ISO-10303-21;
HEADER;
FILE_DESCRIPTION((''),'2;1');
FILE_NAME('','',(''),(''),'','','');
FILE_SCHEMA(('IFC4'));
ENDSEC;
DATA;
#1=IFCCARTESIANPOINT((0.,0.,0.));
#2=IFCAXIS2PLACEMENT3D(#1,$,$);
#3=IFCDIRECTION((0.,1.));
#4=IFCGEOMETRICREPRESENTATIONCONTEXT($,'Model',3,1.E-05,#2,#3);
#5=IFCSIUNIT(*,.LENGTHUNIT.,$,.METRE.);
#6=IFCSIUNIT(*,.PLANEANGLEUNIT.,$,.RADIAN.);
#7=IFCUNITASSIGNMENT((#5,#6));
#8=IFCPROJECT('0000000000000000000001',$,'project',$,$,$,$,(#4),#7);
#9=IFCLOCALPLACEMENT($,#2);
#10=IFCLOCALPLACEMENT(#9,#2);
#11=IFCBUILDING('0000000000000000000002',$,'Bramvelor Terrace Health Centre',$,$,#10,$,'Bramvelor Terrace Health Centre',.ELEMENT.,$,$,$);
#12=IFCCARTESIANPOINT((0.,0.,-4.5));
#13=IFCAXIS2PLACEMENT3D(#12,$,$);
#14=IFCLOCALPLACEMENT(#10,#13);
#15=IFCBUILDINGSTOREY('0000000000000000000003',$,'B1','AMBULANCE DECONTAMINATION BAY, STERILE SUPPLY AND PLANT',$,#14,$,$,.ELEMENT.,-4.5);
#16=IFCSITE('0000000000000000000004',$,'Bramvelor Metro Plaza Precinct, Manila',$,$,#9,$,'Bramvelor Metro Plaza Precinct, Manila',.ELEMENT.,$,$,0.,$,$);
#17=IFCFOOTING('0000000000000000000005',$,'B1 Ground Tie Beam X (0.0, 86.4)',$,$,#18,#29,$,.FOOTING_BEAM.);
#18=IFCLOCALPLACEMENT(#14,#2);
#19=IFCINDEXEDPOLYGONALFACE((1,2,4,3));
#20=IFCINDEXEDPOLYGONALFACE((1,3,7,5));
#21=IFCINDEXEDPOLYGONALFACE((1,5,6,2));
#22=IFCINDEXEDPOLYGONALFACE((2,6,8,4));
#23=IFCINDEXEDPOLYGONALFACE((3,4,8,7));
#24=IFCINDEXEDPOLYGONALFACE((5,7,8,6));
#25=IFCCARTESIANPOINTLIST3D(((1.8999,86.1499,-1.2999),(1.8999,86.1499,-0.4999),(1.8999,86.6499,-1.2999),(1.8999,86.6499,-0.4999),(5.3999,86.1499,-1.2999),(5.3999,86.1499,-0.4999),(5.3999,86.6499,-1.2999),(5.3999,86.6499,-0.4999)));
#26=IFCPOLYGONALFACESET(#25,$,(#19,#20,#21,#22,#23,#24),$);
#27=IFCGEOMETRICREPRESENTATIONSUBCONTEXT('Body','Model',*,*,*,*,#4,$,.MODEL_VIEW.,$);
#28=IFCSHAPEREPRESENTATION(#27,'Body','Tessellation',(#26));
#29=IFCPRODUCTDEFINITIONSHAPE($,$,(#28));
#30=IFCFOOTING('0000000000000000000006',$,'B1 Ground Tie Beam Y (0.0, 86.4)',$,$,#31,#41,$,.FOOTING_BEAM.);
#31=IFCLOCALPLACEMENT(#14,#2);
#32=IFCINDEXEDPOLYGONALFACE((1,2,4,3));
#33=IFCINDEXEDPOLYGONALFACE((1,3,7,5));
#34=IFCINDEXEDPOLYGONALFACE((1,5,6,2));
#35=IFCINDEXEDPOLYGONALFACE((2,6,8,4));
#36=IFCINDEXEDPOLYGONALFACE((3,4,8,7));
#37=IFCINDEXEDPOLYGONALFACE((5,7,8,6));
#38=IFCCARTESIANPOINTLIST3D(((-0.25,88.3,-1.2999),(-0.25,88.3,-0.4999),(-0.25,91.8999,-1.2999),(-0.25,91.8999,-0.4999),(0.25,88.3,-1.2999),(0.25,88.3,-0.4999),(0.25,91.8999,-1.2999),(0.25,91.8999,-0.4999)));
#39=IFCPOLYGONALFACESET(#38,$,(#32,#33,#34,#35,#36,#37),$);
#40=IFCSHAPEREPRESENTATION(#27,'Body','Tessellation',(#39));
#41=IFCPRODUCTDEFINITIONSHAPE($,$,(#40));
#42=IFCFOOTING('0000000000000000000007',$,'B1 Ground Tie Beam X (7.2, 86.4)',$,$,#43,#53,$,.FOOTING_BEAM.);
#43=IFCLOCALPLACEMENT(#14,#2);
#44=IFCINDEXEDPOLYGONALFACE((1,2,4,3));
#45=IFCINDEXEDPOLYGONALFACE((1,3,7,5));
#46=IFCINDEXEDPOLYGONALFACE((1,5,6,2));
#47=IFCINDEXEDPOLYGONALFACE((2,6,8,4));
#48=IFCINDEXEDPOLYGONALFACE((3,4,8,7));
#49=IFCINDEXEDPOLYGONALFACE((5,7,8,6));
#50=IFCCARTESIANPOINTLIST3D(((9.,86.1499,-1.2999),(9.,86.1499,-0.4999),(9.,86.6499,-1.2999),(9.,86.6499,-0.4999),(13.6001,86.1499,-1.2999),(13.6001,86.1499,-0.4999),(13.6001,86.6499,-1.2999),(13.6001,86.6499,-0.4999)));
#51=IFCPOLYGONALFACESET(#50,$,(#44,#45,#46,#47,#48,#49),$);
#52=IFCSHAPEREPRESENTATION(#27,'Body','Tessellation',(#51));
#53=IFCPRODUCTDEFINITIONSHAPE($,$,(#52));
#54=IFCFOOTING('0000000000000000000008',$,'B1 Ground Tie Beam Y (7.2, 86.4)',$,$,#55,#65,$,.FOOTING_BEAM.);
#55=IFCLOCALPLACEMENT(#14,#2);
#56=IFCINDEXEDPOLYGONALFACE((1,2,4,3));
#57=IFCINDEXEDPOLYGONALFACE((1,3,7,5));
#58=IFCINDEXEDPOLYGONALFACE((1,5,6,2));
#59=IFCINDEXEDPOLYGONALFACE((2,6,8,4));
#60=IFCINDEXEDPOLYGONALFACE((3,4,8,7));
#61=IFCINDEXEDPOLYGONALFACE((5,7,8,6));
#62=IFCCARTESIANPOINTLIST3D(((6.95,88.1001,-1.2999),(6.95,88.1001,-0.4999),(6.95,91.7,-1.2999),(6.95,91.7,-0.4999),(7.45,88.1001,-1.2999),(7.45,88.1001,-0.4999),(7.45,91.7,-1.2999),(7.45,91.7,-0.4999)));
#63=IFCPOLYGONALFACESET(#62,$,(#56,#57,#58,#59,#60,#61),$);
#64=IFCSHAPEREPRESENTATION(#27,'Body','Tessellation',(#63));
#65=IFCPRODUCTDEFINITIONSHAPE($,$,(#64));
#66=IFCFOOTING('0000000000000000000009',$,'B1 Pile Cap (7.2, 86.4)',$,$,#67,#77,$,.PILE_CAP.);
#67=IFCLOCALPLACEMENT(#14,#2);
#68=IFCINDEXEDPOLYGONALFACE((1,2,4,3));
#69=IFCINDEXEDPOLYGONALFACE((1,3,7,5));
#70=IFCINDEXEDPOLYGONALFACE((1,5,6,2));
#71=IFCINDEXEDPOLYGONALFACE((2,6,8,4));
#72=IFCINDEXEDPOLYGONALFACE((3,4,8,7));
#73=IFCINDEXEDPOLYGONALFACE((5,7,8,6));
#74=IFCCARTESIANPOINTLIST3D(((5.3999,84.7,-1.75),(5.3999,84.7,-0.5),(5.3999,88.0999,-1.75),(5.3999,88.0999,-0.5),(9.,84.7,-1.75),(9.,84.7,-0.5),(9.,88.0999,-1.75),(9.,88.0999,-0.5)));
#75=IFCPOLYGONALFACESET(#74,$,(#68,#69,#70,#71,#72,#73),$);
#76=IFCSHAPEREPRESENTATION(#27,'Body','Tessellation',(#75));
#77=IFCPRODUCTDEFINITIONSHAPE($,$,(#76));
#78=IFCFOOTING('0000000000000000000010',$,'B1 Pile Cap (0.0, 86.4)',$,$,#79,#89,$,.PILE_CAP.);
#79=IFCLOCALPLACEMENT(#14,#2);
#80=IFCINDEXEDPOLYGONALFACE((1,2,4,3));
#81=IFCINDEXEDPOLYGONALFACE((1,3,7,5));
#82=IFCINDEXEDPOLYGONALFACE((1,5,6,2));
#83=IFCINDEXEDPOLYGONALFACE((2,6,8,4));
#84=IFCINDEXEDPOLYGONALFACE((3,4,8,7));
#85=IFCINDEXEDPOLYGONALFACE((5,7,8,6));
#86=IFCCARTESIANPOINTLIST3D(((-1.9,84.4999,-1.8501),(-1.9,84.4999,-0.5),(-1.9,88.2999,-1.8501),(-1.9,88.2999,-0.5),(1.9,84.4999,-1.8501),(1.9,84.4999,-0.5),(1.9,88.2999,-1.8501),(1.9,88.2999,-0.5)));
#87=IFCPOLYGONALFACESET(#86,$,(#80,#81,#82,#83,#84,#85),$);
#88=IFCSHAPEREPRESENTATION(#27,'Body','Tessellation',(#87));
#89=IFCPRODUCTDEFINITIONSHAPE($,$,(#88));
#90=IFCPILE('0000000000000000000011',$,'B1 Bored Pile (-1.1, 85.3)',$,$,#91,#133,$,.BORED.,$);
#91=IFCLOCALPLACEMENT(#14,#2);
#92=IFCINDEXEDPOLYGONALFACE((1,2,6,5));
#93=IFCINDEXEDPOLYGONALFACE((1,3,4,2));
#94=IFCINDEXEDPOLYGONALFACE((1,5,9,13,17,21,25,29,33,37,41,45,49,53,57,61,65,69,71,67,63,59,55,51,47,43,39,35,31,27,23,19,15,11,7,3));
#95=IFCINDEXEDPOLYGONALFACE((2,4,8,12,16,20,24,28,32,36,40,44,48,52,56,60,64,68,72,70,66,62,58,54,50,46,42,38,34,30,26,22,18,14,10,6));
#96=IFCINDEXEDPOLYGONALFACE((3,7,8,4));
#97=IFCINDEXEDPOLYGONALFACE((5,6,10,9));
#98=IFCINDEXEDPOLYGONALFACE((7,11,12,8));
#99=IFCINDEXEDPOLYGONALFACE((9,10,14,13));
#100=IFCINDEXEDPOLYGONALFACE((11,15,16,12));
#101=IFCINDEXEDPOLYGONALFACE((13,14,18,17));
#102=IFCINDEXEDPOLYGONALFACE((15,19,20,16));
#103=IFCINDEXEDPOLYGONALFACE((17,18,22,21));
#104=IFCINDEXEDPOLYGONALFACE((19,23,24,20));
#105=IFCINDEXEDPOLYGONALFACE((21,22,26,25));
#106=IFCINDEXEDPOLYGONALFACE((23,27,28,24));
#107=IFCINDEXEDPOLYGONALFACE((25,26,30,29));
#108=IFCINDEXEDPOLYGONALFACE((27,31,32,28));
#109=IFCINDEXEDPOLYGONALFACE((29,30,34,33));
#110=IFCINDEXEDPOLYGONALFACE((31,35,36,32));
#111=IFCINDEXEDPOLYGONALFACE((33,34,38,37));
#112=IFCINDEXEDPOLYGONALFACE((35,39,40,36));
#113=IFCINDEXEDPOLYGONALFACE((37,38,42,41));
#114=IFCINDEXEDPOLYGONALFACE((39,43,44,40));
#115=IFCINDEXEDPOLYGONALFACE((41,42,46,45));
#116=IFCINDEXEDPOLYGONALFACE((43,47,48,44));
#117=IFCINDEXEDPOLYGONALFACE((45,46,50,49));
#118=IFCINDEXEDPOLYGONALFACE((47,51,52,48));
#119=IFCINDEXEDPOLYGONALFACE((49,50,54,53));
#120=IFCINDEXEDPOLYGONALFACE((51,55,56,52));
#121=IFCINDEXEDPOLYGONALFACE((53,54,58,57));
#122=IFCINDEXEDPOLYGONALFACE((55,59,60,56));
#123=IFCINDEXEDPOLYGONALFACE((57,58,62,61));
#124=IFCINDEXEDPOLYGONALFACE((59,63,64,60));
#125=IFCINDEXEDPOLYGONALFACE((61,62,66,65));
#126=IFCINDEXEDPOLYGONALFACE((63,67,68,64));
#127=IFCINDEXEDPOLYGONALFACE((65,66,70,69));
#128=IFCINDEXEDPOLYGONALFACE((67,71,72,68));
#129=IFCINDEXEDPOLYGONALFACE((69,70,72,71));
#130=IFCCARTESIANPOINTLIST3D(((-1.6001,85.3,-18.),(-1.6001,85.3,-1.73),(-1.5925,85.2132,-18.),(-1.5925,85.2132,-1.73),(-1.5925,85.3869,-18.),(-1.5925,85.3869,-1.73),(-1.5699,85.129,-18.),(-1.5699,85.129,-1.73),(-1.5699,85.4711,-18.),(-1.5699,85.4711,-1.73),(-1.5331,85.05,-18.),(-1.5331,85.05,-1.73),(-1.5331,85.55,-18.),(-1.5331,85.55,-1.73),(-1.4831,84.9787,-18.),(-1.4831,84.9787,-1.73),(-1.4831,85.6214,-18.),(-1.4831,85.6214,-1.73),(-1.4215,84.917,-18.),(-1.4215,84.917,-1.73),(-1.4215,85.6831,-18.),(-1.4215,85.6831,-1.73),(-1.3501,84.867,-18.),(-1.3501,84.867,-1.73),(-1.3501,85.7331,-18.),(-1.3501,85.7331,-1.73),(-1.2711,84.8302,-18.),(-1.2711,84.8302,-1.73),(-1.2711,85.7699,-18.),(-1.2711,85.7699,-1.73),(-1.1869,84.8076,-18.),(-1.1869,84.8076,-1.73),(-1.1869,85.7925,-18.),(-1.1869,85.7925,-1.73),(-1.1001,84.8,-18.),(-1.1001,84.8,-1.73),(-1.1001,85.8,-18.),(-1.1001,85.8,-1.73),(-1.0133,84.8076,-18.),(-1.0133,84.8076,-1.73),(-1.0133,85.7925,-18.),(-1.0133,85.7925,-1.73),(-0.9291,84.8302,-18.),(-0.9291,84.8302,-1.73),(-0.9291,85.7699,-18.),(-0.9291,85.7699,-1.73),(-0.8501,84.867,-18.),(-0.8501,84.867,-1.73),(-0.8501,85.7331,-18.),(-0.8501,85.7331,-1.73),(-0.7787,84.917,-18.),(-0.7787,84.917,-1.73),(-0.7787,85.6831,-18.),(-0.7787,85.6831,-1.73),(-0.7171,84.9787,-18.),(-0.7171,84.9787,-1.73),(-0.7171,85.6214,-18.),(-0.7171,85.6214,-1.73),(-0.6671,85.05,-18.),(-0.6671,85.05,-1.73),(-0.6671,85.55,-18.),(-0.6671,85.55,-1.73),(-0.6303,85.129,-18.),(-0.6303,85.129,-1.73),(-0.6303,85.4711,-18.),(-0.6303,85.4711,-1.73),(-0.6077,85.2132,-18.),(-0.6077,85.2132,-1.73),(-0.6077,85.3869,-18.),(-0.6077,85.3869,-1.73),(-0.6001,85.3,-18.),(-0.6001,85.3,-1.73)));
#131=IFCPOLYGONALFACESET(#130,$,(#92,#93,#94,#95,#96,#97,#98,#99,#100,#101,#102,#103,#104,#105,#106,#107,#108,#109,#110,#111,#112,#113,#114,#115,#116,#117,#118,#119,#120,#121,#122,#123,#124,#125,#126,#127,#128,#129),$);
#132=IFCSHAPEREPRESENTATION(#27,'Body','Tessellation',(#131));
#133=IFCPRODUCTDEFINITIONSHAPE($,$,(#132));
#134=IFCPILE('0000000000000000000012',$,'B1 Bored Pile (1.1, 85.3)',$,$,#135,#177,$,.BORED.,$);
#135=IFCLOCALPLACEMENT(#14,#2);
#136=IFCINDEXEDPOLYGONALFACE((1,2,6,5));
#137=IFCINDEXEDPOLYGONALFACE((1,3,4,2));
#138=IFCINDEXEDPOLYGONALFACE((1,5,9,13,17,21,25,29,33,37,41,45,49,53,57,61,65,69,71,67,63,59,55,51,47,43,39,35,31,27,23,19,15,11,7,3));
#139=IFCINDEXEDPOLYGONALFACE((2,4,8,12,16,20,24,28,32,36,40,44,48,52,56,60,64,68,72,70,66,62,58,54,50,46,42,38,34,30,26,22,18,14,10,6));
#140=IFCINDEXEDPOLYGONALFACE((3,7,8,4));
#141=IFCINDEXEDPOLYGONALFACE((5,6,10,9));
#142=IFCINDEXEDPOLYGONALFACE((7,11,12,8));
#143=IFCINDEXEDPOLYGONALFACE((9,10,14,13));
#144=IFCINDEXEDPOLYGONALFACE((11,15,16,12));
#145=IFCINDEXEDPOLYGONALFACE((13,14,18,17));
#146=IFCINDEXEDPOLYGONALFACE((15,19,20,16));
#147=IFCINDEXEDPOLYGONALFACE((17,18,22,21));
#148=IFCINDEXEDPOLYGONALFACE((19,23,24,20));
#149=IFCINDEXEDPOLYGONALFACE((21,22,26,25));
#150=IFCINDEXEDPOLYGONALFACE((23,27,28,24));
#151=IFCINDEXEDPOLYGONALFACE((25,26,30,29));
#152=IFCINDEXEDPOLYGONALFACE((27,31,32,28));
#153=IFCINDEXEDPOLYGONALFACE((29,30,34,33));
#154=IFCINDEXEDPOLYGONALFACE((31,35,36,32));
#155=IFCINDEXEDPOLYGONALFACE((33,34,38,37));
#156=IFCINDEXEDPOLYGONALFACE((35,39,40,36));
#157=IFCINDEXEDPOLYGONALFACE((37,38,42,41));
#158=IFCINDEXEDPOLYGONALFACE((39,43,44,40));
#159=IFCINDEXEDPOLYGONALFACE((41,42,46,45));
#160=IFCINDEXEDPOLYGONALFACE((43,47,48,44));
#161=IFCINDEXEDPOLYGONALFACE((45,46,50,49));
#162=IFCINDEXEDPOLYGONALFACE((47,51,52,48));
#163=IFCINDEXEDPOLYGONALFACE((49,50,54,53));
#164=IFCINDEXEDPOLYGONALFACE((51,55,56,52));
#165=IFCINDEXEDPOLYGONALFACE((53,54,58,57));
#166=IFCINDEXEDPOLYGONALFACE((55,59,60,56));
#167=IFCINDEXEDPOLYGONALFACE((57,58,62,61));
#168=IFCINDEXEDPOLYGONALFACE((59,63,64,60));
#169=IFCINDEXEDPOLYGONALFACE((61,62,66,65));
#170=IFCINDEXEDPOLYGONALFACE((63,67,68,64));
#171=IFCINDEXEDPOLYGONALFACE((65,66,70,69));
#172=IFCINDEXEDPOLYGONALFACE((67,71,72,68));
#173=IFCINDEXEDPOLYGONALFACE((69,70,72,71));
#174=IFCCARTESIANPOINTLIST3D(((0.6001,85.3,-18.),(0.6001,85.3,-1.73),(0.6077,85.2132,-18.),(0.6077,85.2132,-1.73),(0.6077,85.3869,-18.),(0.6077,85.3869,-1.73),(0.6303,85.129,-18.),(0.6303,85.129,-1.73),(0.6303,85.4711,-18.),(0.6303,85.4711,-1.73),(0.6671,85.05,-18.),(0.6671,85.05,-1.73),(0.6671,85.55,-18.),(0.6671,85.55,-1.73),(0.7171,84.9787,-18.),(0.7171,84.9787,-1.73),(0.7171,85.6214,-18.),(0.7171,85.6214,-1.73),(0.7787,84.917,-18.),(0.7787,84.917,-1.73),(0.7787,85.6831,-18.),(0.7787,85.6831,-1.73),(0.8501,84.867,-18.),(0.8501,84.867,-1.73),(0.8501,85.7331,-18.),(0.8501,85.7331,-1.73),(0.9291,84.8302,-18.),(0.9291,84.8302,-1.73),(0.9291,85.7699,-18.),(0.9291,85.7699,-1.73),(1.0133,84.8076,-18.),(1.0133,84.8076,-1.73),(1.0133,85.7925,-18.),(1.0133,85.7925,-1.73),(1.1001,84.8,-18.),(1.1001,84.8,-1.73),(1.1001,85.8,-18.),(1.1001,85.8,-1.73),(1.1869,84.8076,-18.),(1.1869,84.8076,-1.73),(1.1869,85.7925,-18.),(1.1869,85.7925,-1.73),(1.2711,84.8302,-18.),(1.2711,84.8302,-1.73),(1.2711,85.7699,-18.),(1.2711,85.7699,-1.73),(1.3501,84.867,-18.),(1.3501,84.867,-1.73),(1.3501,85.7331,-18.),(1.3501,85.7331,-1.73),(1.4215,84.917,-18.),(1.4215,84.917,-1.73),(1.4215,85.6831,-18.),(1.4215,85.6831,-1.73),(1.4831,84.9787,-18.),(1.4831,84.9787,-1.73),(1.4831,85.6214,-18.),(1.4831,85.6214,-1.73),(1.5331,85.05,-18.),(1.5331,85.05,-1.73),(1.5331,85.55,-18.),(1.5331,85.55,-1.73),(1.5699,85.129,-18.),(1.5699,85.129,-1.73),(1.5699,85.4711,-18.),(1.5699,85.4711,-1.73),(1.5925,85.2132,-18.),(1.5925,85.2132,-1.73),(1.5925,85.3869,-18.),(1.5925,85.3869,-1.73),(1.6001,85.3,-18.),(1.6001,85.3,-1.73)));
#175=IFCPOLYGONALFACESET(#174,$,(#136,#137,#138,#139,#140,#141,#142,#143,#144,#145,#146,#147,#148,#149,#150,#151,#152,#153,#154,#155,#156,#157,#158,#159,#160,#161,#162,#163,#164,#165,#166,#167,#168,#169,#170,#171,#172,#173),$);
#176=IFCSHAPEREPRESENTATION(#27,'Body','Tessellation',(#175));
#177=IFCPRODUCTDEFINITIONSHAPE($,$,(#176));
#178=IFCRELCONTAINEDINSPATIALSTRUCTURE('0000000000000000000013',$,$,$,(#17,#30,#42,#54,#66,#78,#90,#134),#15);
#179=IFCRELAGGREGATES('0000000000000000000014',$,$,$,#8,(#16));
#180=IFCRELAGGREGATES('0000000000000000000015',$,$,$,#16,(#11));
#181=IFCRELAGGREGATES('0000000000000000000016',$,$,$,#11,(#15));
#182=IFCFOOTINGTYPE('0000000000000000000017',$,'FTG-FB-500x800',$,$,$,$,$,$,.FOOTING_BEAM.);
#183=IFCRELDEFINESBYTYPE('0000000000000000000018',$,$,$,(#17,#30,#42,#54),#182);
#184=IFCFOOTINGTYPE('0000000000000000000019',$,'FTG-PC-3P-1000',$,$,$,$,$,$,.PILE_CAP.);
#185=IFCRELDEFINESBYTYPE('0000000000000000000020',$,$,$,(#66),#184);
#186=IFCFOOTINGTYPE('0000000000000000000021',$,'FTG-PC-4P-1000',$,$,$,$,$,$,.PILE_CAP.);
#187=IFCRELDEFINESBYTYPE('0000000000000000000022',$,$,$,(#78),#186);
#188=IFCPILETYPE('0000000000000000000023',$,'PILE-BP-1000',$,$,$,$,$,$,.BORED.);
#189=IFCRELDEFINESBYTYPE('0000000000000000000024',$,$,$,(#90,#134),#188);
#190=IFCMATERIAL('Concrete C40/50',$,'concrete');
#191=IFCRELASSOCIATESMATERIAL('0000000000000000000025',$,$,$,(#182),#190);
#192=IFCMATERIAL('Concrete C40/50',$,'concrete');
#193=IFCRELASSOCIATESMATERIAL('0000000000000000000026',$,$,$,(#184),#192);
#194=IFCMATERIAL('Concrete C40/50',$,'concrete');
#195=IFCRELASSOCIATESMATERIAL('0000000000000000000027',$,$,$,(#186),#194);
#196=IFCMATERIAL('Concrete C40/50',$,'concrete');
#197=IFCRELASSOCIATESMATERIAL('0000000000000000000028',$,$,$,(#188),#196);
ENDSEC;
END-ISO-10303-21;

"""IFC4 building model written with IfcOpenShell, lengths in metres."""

from ifc_helpers import new_model, si_unit, direction, frame, origin, origin_2d, place, context, subcontext, project, spatial, rectangle, circle, extrude, material, material_profile, profile_set, type_object, element, save


model = new_model("IFC4")

# Units and contexts
model_context = context("Model", 3, precision=1e-05, world=origin(), true_north=direction((0.0, 1.0)))
body_context = subcontext(model_context, "Body", "Model", "MODEL_VIEW")
ifc_project = project(units=[si_unit("LENGTHUNIT", "METRE"), si_unit("PLANEANGLEUNIT", "RADIAN")], contexts=[model_context])

# Site, building, storey
site_placement = place(None, origin())
site = spatial("IfcSite", under=ifc_project, at=site_placement, Name="Bramvelor Metro Plaza Precinct, Manila", LongName="Bramvelor Metro Plaza Precinct, Manila", CompositionType="ELEMENT", RefElevation=0.0)
building_placement = place(site_placement, origin())
building = spatial("IfcBuilding", under=site, at=building_placement, Name="Bramvelor Terrace Health Centre", LongName="Bramvelor Terrace Health Centre", CompositionType="ELEMENT")
storey_placement = place(building_placement, frame((0.0, 0.0, -4.5)))
storey = spatial("IfcBuildingStorey", under=building, at=storey_placement, Name="B1", Description="AMBULANCE DECONTAMINATION BAY, STERILE SUPPLY AND PLANT", CompositionType="ELEMENT", Elevation=-4.5)

# Footings
ifc_material_1 = material(Name="Concrete C40/50", Category="concrete")
ifc_material_profile_1 = material_profile(ifc_material_1, rectangle(XDim=0.5, YDim=0.8, at=origin_2d()), Name="RC 500x800")
ifc_profile_set_1 = profile_set([ifc_material_profile_1], Name="Concrete C40/50")
footing_type_1 = type_object("IfcFootingType", Name="FTG-FB-500x800", PredefinedType="FOOTING_BEAM", material=ifc_profile_set_1)
footing_1_placement = place(storey_placement, frame((1.8999, 86.3999, -0.8999), z_axis=(1.0, 0.0, 0.0), x_axis=(0.0, 1.0, 0.0)))
element("IfcFooting", 1, at=footing_1_placement, inside=storey, type_object=footing_type_1, Name="B1 Ground Tie Beam X (0.0, 86.4)", PredefinedType="FOOTING_BEAM", context=body_context, shape_type="SweptSolid", body=[
    extrude(rectangle(XDim=0.5, YDim=0.8, at=origin_2d()), origin(), (0.0, 0.0, 1.0), 3.5),
])
footing_2_placement = place(storey_placement, frame((0.0, 88.3, -0.8999), z_axis=(0.0, 1.0, 0.0), x_axis=(-1.0, 0.0, 0.0)))
element("IfcFooting", 2, at=footing_2_placement, inside=storey, type_object=footing_type_1, Name="B1 Ground Tie Beam Y (0.0, 86.4)", PredefinedType="FOOTING_BEAM", context=body_context, shape_type="SweptSolid", body=[
    extrude(rectangle(XDim=0.5, YDim=0.8, at=origin_2d()), origin(), (0.0, 0.0, 1.0), 3.5999),
])
footing_3_placement = place(storey_placement, frame((9.0, 86.3999, -0.8999), z_axis=(1.0, 0.0, 0.0), x_axis=(0.0, 1.0, 0.0)))
element("IfcFooting", 3, at=footing_3_placement, inside=storey, type_object=footing_type_1, Name="B1 Ground Tie Beam X (7.2, 86.4)", PredefinedType="FOOTING_BEAM", context=body_context, shape_type="SweptSolid", body=[
    extrude(rectangle(XDim=0.5, YDim=0.8, at=origin_2d()), origin(), (0.0, 0.0, 1.0), 4.6001),
])
footing_4_placement = place(storey_placement, frame((7.2, 88.1001, -0.8999), z_axis=(0.0, 1.0, 0.0), x_axis=(-1.0, 0.0, 0.0)))
element("IfcFooting", 4, at=footing_4_placement, inside=storey, type_object=footing_type_1, Name="B1 Ground Tie Beam Y (7.2, 86.4)", PredefinedType="FOOTING_BEAM", context=body_context, shape_type="SweptSolid", body=[
    extrude(rectangle(XDim=0.5, YDim=0.8, at=origin_2d()), origin(), (0.0, 0.0, 1.0), 3.5999),
])
ifc_material_2 = material(Name="Concrete C40/50", Category="concrete")
footing_type_2 = type_object("IfcFootingType", Name="FTG-PC-3P-1000", PredefinedType="PILE_CAP", material=ifc_material_2)
footing_5_placement = place(storey_placement, frame((7.2, 86.3999, -1.75), z_axis=(0.0, 0.0, 1.0), x_axis=(1.0, 0.0, 0.0)))
element("IfcFooting", 5, at=footing_5_placement, inside=storey, type_object=footing_type_2, Name="B1 Pile Cap (7.2, 86.4)", PredefinedType="PILE_CAP", context=body_context, shape_type="SweptSolid", body=[
    extrude(rectangle(XDim=3.6001, YDim=3.3999, at=origin_2d()), origin(), (0.0, 0.0, 1.0), 1.25),
])
ifc_material_3 = material(Name="Concrete C40/50", Category="concrete")
footing_type_3 = type_object("IfcFootingType", Name="FTG-PC-4P-1000", PredefinedType="PILE_CAP", material=ifc_material_3)
footing_6_placement = place(storey_placement, frame((0.0, 86.3999, -1.8501), z_axis=(0.0, 0.0, 1.0), x_axis=(1.0, 0.0, 0.0)))
element("IfcFooting", 6, at=footing_6_placement, inside=storey, type_object=footing_type_3, Name="B1 Pile Cap (0.0, 86.4)", PredefinedType="PILE_CAP", context=body_context, shape_type="SweptSolid", body=[
    extrude(rectangle(XDim=3.8, YDim=3.8, at=origin_2d()), origin(), (0.0, 0.0, 1.0), 1.3501),
])

# Piles
ifc_material_4 = material(Name="Concrete C40/50", Category="concrete")
ifc_material_profile_2 = material_profile(ifc_material_4, circle(Radius=0.5, at=origin_2d()), Name="BP D1000")
ifc_profile_set_2 = profile_set([ifc_material_profile_2], Name="Concrete C40/50")
pile_type = type_object("IfcPileType", Name="PILE-BP-1000", PredefinedType="BORED", material=ifc_profile_set_2)
for number, where, z_axis, x_axis, name in (
    (7, (-1.1001, 85.3, -1.73), (0.0, 0.0, -1.0), (1.0, 0.0, 0.0), "B1 Bored Pile (-1.1, 85.3)"),
    (8, (1.1001, 85.3, -1.73), (0.0, 0.0, -1.0), (1.0, 0.0, 0.0), "B1 Bored Pile (1.1, 85.3)"),
):
    element("IfcPile", number, at=place(storey_placement, frame(where, z_axis=z_axis, x_axis=x_axis)), inside=storey, type_object=pile_type, Name=name, PredefinedType="BORED", context=body_context, shape_type="SweptSolid", body=[
        extrude(circle(Radius=0.5, at=origin_2d()), origin(), (0.0, 0.0, 1.0), 16.27),
    ])

save(model, "model.ifc")
